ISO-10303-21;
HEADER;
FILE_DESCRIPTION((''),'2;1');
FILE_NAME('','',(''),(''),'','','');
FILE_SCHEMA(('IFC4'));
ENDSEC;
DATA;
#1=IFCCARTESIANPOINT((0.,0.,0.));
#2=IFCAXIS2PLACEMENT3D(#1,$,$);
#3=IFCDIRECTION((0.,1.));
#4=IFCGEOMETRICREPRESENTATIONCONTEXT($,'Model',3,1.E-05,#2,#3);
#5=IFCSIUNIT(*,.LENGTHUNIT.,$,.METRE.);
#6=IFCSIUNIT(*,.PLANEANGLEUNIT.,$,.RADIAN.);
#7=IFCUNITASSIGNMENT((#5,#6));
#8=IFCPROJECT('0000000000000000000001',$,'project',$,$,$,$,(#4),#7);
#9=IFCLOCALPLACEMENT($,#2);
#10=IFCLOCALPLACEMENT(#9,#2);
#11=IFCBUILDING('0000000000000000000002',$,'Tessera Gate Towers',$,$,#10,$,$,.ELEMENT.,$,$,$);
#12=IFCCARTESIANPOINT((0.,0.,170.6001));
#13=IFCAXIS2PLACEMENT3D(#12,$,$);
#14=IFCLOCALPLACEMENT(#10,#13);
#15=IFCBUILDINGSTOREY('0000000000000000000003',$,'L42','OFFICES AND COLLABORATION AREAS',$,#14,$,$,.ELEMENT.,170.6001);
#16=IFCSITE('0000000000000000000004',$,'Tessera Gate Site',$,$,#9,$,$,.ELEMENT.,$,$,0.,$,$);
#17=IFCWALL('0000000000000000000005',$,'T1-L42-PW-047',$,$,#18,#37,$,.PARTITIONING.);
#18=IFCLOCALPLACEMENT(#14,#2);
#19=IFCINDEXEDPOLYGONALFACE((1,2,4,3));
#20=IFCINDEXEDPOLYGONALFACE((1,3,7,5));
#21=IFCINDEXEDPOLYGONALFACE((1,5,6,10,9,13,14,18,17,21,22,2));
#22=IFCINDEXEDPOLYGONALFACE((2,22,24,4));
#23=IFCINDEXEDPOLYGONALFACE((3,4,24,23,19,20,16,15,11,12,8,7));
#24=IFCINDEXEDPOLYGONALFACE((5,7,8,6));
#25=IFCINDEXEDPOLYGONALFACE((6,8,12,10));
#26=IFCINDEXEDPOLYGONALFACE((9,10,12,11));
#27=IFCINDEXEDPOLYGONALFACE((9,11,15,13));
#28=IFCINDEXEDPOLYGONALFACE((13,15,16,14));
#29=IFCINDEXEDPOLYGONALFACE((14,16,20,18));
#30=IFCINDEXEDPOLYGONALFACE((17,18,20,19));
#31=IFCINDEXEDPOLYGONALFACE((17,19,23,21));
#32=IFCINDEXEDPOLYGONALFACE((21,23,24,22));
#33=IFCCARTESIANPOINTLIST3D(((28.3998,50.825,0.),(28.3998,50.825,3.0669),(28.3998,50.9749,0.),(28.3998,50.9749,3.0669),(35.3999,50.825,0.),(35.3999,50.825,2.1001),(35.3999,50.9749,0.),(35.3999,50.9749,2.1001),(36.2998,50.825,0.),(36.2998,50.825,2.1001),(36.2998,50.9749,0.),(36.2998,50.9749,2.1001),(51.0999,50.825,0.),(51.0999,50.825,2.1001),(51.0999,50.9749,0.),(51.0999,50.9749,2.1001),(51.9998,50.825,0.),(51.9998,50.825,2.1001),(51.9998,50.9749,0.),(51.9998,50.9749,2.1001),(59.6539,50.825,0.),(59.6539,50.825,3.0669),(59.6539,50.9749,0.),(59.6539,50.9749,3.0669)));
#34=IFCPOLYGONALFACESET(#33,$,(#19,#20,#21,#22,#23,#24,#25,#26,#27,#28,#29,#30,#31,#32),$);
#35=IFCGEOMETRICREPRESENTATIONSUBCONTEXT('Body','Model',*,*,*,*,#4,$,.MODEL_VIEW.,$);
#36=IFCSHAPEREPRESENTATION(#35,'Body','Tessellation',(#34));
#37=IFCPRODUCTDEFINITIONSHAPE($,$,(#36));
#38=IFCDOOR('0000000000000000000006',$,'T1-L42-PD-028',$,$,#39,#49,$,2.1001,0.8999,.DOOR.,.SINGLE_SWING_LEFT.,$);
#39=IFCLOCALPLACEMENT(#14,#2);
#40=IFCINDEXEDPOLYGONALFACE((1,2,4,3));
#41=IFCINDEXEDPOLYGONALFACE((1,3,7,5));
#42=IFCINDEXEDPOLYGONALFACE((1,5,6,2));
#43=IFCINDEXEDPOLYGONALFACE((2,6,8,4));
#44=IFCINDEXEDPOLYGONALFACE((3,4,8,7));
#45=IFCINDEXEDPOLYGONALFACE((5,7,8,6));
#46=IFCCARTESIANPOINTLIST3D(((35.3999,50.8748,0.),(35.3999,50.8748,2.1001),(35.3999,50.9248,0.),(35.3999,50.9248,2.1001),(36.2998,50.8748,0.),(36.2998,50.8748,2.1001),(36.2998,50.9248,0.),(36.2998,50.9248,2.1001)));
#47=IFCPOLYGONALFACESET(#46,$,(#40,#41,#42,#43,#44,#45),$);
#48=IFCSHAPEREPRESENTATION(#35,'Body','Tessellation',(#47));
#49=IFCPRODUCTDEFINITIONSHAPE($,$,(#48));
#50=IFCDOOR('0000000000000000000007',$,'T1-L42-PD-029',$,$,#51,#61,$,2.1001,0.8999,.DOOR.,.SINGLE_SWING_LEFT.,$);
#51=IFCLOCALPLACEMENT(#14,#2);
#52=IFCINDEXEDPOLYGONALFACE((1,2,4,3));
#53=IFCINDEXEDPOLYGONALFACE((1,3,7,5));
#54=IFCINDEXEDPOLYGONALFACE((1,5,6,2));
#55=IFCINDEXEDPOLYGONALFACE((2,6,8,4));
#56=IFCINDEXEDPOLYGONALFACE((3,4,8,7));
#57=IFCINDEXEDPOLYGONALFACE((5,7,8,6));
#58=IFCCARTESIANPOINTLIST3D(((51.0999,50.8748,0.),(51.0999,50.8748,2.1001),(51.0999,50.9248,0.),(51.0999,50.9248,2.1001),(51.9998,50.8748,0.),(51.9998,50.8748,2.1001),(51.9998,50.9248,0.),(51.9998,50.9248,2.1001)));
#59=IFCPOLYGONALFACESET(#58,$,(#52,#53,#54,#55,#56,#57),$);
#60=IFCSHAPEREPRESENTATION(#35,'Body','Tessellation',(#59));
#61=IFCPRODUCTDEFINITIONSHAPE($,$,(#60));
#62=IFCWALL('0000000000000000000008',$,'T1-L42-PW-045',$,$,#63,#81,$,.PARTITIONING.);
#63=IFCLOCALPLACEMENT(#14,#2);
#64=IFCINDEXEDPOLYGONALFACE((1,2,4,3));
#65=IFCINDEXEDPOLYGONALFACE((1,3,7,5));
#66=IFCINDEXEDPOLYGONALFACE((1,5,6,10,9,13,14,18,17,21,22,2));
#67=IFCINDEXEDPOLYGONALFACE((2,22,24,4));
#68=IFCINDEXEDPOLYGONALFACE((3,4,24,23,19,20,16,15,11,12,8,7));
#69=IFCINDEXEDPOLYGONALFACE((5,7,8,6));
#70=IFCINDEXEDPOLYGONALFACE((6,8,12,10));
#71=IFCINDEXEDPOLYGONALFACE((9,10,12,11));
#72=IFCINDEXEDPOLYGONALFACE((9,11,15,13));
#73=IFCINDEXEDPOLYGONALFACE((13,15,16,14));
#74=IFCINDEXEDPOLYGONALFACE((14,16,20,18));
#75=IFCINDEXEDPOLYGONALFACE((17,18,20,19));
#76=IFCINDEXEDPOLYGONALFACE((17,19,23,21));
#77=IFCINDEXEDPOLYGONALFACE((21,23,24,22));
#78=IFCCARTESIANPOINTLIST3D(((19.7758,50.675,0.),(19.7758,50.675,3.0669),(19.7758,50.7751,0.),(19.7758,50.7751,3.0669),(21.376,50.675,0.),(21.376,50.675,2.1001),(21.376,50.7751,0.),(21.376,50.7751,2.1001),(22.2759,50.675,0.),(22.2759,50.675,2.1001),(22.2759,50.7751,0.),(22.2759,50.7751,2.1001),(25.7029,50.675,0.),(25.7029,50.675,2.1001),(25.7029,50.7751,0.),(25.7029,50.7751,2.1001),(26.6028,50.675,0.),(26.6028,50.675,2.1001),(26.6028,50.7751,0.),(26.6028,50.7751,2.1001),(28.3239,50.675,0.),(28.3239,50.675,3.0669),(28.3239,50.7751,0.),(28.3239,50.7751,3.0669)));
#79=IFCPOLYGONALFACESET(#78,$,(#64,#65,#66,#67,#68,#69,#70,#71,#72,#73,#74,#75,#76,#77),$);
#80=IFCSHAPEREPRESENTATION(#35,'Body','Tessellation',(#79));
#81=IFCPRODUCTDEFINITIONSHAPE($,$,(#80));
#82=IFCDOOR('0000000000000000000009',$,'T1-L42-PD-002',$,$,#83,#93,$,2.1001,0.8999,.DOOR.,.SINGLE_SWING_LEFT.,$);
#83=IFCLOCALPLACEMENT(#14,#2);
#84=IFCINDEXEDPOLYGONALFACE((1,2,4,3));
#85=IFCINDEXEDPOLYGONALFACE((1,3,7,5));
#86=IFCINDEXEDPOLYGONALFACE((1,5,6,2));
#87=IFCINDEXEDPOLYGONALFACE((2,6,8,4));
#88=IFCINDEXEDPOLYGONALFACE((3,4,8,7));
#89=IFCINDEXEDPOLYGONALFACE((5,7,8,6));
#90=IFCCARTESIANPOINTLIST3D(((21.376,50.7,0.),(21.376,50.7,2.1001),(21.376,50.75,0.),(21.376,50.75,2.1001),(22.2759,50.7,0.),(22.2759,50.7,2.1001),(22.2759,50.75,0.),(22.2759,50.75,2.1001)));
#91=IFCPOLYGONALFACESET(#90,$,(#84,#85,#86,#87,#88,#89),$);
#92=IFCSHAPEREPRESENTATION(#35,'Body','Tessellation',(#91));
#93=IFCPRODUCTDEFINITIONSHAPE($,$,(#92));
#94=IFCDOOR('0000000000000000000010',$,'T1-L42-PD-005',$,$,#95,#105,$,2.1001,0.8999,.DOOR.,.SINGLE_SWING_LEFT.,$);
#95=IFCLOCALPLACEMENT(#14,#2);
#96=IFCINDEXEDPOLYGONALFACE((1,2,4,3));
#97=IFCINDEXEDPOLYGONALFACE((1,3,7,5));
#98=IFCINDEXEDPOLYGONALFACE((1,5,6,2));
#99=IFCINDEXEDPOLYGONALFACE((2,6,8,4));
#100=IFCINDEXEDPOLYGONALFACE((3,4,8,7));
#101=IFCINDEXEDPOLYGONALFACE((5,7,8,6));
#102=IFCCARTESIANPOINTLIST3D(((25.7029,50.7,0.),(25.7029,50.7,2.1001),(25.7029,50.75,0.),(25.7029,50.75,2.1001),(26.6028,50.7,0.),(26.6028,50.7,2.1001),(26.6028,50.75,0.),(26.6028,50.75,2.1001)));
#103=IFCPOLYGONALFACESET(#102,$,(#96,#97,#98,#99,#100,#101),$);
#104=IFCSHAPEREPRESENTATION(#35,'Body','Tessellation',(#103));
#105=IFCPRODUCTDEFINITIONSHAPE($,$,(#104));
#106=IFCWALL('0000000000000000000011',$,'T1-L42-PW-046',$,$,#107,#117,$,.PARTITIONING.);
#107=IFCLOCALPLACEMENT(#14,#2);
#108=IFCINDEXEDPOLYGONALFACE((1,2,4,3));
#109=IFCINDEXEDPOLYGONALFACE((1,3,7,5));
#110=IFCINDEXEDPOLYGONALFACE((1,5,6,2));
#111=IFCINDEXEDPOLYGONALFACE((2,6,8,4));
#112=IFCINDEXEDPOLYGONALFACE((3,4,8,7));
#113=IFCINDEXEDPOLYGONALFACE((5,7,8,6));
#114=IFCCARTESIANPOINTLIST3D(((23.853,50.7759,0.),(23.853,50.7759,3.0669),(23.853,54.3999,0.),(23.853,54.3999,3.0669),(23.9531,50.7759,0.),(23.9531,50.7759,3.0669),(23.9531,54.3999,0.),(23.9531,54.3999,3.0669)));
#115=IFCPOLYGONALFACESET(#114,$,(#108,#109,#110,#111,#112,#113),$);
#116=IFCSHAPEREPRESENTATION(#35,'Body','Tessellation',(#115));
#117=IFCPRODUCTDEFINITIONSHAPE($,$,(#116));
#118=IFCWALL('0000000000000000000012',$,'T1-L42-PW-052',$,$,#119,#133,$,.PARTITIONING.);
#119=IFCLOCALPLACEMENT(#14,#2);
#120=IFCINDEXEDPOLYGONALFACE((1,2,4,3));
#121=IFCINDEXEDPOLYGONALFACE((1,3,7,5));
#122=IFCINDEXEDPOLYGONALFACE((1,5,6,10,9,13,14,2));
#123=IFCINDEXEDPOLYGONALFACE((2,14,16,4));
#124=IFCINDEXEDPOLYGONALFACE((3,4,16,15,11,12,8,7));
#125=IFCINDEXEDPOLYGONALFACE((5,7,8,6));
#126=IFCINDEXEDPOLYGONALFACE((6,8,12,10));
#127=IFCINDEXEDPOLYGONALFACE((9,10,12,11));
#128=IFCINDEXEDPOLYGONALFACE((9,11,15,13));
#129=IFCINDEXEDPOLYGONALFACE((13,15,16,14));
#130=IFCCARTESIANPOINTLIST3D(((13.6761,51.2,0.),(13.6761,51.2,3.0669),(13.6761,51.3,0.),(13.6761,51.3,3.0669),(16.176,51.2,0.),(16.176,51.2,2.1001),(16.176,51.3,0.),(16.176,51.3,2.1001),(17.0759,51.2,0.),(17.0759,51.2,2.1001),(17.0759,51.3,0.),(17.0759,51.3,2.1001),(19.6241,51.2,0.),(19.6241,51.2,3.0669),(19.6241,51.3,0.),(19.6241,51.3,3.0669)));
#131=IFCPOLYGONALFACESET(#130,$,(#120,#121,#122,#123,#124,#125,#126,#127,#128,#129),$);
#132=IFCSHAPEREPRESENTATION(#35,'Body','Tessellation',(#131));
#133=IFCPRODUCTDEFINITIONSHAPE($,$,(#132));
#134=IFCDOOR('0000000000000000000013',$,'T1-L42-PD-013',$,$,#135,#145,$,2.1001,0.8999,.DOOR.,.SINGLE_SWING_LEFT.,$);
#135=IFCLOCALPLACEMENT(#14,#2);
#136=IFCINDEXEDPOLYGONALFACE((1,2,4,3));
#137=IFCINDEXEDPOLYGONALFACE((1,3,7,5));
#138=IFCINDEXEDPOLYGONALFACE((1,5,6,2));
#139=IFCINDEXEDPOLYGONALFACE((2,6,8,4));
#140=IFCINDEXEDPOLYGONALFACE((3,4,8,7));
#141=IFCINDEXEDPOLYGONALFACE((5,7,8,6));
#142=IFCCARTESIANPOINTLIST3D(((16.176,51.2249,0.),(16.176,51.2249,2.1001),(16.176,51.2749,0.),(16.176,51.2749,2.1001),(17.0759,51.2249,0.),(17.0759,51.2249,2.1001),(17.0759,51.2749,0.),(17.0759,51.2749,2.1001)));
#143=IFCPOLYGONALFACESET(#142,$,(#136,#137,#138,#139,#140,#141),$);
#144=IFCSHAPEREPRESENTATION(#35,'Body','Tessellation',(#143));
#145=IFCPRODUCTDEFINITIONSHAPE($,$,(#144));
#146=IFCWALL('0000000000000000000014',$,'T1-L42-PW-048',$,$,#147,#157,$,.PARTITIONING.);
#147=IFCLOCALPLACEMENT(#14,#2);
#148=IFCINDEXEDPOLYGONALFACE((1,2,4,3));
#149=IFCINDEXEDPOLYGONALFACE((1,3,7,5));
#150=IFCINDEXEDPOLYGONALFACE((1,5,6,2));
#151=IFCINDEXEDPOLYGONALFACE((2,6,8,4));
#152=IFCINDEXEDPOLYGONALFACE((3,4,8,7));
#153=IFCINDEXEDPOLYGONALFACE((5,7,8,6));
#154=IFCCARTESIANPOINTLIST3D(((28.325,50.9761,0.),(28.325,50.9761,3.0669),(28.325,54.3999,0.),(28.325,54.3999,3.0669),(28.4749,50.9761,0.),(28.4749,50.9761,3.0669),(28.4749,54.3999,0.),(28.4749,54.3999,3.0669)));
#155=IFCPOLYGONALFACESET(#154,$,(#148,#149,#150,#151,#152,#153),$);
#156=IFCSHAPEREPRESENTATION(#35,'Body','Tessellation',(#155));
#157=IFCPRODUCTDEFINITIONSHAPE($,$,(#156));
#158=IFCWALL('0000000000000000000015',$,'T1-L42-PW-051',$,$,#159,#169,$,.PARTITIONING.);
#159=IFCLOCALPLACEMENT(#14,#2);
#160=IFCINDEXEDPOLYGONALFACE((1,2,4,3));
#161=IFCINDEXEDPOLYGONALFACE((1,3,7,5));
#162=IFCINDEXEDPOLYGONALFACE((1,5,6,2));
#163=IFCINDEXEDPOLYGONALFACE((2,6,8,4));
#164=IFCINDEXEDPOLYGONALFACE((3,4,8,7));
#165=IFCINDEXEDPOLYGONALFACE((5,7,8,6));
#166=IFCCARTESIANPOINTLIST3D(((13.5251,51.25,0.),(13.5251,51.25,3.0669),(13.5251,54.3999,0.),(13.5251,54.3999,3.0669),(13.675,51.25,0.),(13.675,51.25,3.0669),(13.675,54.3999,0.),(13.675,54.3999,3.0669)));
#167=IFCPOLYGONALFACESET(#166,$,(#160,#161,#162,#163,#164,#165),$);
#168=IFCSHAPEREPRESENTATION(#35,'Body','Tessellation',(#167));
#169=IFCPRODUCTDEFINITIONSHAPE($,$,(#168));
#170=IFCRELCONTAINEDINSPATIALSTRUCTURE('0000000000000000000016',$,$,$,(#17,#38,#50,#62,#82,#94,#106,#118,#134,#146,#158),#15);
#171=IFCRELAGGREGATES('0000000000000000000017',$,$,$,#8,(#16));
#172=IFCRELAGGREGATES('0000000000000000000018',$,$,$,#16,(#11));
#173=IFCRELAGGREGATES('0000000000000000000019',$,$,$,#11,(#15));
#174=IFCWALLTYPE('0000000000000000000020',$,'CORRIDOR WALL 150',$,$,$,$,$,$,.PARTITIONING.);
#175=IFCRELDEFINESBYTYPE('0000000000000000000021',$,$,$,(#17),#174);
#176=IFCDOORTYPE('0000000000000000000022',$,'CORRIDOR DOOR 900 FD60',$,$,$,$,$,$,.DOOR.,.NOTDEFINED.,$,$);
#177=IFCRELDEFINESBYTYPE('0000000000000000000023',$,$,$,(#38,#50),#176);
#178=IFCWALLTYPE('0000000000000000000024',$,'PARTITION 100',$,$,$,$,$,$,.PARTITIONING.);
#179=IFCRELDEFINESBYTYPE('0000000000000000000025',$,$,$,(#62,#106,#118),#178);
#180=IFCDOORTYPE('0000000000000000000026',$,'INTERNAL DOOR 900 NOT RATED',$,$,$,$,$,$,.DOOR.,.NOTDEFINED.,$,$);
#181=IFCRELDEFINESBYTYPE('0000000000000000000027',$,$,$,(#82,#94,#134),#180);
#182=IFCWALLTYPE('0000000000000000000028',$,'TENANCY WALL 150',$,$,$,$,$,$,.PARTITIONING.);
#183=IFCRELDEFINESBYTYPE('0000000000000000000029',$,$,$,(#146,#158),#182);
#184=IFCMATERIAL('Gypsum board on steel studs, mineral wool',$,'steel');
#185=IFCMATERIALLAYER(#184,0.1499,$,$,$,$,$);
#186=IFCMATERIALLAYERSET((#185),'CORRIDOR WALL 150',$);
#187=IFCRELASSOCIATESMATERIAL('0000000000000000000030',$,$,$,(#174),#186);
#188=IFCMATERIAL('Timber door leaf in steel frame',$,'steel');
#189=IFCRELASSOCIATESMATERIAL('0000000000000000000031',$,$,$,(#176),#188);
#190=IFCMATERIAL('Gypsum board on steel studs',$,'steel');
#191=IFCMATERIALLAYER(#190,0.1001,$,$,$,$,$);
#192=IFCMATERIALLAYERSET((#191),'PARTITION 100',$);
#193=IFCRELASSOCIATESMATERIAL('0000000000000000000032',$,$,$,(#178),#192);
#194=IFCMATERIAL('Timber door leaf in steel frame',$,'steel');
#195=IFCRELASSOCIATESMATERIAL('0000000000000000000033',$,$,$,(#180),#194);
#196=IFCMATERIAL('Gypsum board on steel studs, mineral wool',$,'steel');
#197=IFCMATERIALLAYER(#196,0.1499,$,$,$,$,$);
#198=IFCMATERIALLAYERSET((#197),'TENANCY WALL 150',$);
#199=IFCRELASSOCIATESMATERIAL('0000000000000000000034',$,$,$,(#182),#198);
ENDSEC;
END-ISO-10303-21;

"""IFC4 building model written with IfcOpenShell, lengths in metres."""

from ifc_helpers import new_model, si_unit, direction, frame, frame_2d, origin, place, context, subcontext, project, spatial, rectangle, extrude, source, transform, mapped, material, layer, layer_set, type_object, element, fill, save


model = new_model("IFC4")

# Units and contexts
model_context = context("Model", 3, precision=1e-05, world=origin(), true_north=direction((0.0, 1.0)))
body_context = subcontext(model_context, "Body", "Model", "MODEL_VIEW")
ifc_project = project(units=[si_unit("LENGTHUNIT", "METRE"), si_unit("PLANEANGLEUNIT", "RADIAN")], contexts=[model_context])

# Site, building, storey
site_placement = place(None, origin())
site = spatial("IfcSite", under=ifc_project, at=site_placement, Name="Tessera Gate Site", CompositionType="ELEMENT", RefElevation=0.0)
building_placement = place(site_placement, origin())
building = spatial("IfcBuilding", under=site, at=building_placement, Name="Tessera Gate Towers", CompositionType="ELEMENT")
storey_placement = place(building_placement, frame((0.0, 0.0, 170.6001)))
storey = spatial("IfcBuildingStorey", under=building, at=storey_placement, Name="L42", Description="OFFICES AND COLLABORATION AREAS", CompositionType="ELEMENT", Elevation=170.6001)

# Shared definitions
ifc_material_1 = material(Name="Gypsum board on steel studs, mineral wool", Category="steel")
ifc_layer_1 = layer(ifc_material_1, 0.1499)
ifc_layer_set_1 = layer_set([ifc_layer_1], Name="CORRIDOR WALL 150")
wall_type_1 = type_object("IfcWallType", Name="CORRIDOR WALL 150", PredefinedType="PARTITIONING", material=ifc_layer_set_1)

# Walls, openings, doors
wall_1_placement = place(storey_placement, frame((28.3999, 50.8999, 0.0), z_axis=(0.0, 0.0, 1.0), x_axis=(1.0, 0.0, 0.0)))
wall_1 = element("IfcWall", 1, at=wall_1_placement, inside=storey, type_object=wall_type_1, Name="T1-L42-PW-047", PredefinedType="PARTITIONING", context=body_context, shape_type="SweptSolid", body=[
    extrude(rectangle(XDim=31.2542, YDim=0.1499, at=frame_2d((15.627, 0.0))), origin(), (0.0, 0.0, 1.0), 3.0669),
])
shared_shape_1 = source(origin(), body_context, "Body", "SweptSolid", [
    extrude(rectangle(XDim=0.8999, YDim=2.1001, at=frame_2d((0.45, 1.05))), frame((0.0, 0.085, 0.0), z_axis=(0.0, -1.0, 0.0), x_axis=(1.0, 0.0, 0.0)), (0.0, 0.0, 1.0), 0.1699),
])
opening_1_placement = place(wall_1_placement, frame((7.0, 0.0, 0.0)))
opening_1 = element("IfcOpeningElement", 2, at=opening_1_placement, cuts=wall_1, PredefinedType="OPENING", context=body_context, shape_type="MappedRepresentation", body=[
    mapped(shared_shape_1, transform((0.0, 0.0, 0.0), scale=1.0)),
])
opening_2_placement = place(wall_1_placement, frame((22.7, 0.0, 0.0)))
opening_2 = element("IfcOpeningElement", 3, at=opening_2_placement, cuts=wall_1, PredefinedType="OPENING", context=body_context, shape_type="MappedRepresentation", body=[
    mapped(shared_shape_1, transform((0.0, 0.0, 0.0), scale=1.0)),
])
ifc_material_2 = material(Name="Timber door leaf in steel frame", Category="steel")
door_type_1 = type_object("IfcDoorType", Name="CORRIDOR DOOR 900 FD60", OperationType="NOTDEFINED", PredefinedType="DOOR", material=ifc_material_2)
shared_shape_2 = source(origin(), body_context, "Body", "SweptSolid", [
    extrude(rectangle(XDim=0.8999, YDim=2.1001, at=frame_2d((0.45, 1.05))), frame((0.0, 0.0249, 0.0), z_axis=(0.0, -1.0, 0.0), x_axis=(1.0, 0.0, 0.0)), (0.0, 0.0, 1.0), 0.05),
])
door_1_placement = place(opening_1_placement, origin())
door_1 = element("IfcDoor", 4, at=door_1_placement, inside=storey, type_object=door_type_1, Name="T1-L42-PD-028", OperationType="SINGLE_SWING_LEFT", OverallHeight=2.1001, OverallWidth=0.8999, PredefinedType="DOOR", context=body_context, shape_type="MappedRepresentation", body=[
    mapped(shared_shape_2, transform((0.0, 0.0, 0.0), scale=1.0)),
])
fill(opening_1, door_1)
door_2_placement = place(opening_2_placement, origin())
door_2 = element("IfcDoor", 5, at=door_2_placement, inside=storey, type_object=door_type_1, Name="T1-L42-PD-029", OperationType="SINGLE_SWING_LEFT", OverallHeight=2.1001, OverallWidth=0.8999, PredefinedType="DOOR", context=body_context, shape_type="MappedRepresentation", body=[
    mapped(shared_shape_2, transform((0.0, 0.0, 0.0), scale=1.0)),
])
fill(opening_2, door_2)
ifc_material_3 = material(Name="Gypsum board on steel studs", Category="steel")
ifc_layer_2 = layer(ifc_material_3, 0.1001)
ifc_layer_set_2 = layer_set([ifc_layer_2], Name="PARTITION 100")
wall_type_2 = type_object("IfcWallType", Name="PARTITION 100", PredefinedType="PARTITIONING", material=ifc_layer_set_2)
wall_2_placement = place(storey_placement, frame((19.7759, 50.7251, 0.0), z_axis=(0.0, 0.0, 1.0), x_axis=(1.0, 0.0, 0.0)))
wall_2 = element("IfcWall", 6, at=wall_2_placement, inside=storey, type_object=wall_type_2, Name="T1-L42-PW-045", PredefinedType="PARTITIONING", context=body_context, shape_type="SweptSolid", body=[
    extrude(rectangle(XDim=8.5481, YDim=0.1001, at=frame_2d((4.2739, 0.0))), origin(), (0.0, 0.0, 1.0), 3.0669),
])
shared_shape_3 = source(origin(), body_context, "Body", "SweptSolid", [
    extrude(rectangle(XDim=0.8999, YDim=2.1001, at=frame_2d((0.45, 1.05))), frame((0.0, 0.0601, 0.0), z_axis=(0.0, -1.0, 0.0), x_axis=(1.0, 0.0, 0.0)), (0.0, 0.0, 1.0), 0.1201),
])
opening_3_placement = place(wall_2_placement, frame((1.6001, 0.0, 0.0)))
opening_3 = element("IfcOpeningElement", 7, at=opening_3_placement, cuts=wall_2, PredefinedType="OPENING", context=body_context, shape_type="MappedRepresentation", body=[
    mapped(shared_shape_3, transform((0.0, 0.0, 0.0), scale=1.0)),
])
opening_4_placement = place(wall_2_placement, frame((5.927, 0.0, 0.0)))
opening_4 = element("IfcOpeningElement", 8, at=opening_4_placement, cuts=wall_2, PredefinedType="OPENING", context=body_context, shape_type="MappedRepresentation", body=[
    mapped(shared_shape_3, transform((0.0, 0.0, 0.0), scale=1.0)),
])
ifc_material_4 = material(Name="Timber door leaf in steel frame", Category="steel")
door_type_2 = type_object("IfcDoorType", Name="INTERNAL DOOR 900 NOT RATED", OperationType="NOTDEFINED", PredefinedType="DOOR", material=ifc_material_4)
door_3_placement = place(opening_3_placement, origin())
door_3 = element("IfcDoor", 9, at=door_3_placement, inside=storey, type_object=door_type_2, Name="T1-L42-PD-002", OperationType="SINGLE_SWING_LEFT", OverallHeight=2.1001, OverallWidth=0.8999, PredefinedType="DOOR", context=body_context, shape_type="MappedRepresentation", body=[
    mapped(shared_shape_2, transform((0.0, 0.0, 0.0), scale=1.0)),
])
fill(opening_3, door_3)
door_4_placement = place(opening_4_placement, origin())
door_4 = element("IfcDoor", 10, at=door_4_placement, inside=storey, type_object=door_type_2, Name="T1-L42-PD-005", OperationType="SINGLE_SWING_LEFT", OverallHeight=2.1001, OverallWidth=0.8999, PredefinedType="DOOR", context=body_context, shape_type="MappedRepresentation", body=[
    mapped(shared_shape_2, transform((0.0, 0.0, 0.0), scale=1.0)),
])
fill(opening_4, door_4)

# Wall
wall_3_placement = place(storey_placement, frame((23.9031, 50.7759, 0.0), z_axis=(0.0, 0.0, 1.0), x_axis=(0.0, 1.0, 0.0)))
element("IfcWall", 11, at=wall_3_placement, inside=storey, type_object=wall_type_2, Name="T1-L42-PW-046", PredefinedType="PARTITIONING", context=body_context, shape_type="SweptSolid", body=[
    extrude(rectangle(XDim=3.624, YDim=0.1001, at=frame_2d((1.812, 0.0))), origin(), (0.0, 0.0, 1.0), 3.0669),
])

# Wall, opening, door
wall_4_placement = place(storey_placement, frame((13.676, 51.25, 0.0), z_axis=(0.0, 0.0, 1.0), x_axis=(1.0, 0.0, 0.0)))
wall_4 = element("IfcWall", 12, at=wall_4_placement, inside=storey, type_object=wall_type_2, Name="T1-L42-PW-052", PredefinedType="PARTITIONING", context=body_context, shape_type="SweptSolid", body=[
    extrude(rectangle(XDim=5.948, YDim=0.1001, at=frame_2d((2.9741, 0.0))), origin(), (0.0, 0.0, 1.0), 3.0669),
])
opening_5_placement = place(wall_4_placement, frame((2.5, 0.0, 0.0)))
opening_5 = element("IfcOpeningElement", 13, at=opening_5_placement, cuts=wall_4, PredefinedType="OPENING", context=body_context, shape_type="MappedRepresentation", body=[
    mapped(shared_shape_3, transform((0.0, 0.0, 0.0), scale=1.0)),
])
door_5_placement = place(opening_5_placement, origin())
door_5 = element("IfcDoor", 14, at=door_5_placement, inside=storey, type_object=door_type_2, Name="T1-L42-PD-013", OperationType="SINGLE_SWING_LEFT", OverallHeight=2.1001, OverallWidth=0.8999, PredefinedType="DOOR", context=body_context, shape_type="MappedRepresentation", body=[
    mapped(shared_shape_2, transform((0.0, 0.0, 0.0), scale=1.0)),
])
fill(opening_5, door_5)

# Walls
ifc_material_5 = material(Name="Gypsum board on steel studs, mineral wool", Category="steel")
ifc_layer_3 = layer(ifc_material_5, 0.1499)
ifc_layer_set_3 = layer_set([ifc_layer_3], Name="TENANCY WALL 150")
wall_type_3 = type_object("IfcWallType", Name="TENANCY WALL 150", PredefinedType="PARTITIONING", material=ifc_layer_set_3)
wall_5_placement = place(storey_placement, frame((28.3999, 50.9761, 0.0), z_axis=(0.0, 0.0, 1.0), x_axis=(0.0, 1.0, 0.0)))
element("IfcWall", 15, at=wall_5_placement, inside=storey, type_object=wall_type_3, Name="T1-L42-PW-048", PredefinedType="PARTITIONING", context=body_context, shape_type="SweptSolid", body=[
    extrude(rectangle(XDim=3.4238, YDim=0.1499, at=frame_2d((1.7119, 0.0))), origin(), (0.0, 0.0, 1.0), 3.0669),
])
wall_6_placement = place(storey_placement, frame((13.6001, 51.25, 0.0), z_axis=(0.0, 0.0, 1.0), x_axis=(0.0, 1.0, 0.0)))
element("IfcWall", 16, at=wall_6_placement, inside=storey, type_object=wall_type_3, Name="T1-L42-PW-051", PredefinedType="PARTITIONING", context=body_context, shape_type="SweptSolid", body=[
    extrude(rectangle(XDim=3.1499, YDim=0.1499, at=frame_2d((1.575, 0.0))), origin(), (0.0, 0.0, 1.0), 3.0669),
])

save(model, "model.ifc")
